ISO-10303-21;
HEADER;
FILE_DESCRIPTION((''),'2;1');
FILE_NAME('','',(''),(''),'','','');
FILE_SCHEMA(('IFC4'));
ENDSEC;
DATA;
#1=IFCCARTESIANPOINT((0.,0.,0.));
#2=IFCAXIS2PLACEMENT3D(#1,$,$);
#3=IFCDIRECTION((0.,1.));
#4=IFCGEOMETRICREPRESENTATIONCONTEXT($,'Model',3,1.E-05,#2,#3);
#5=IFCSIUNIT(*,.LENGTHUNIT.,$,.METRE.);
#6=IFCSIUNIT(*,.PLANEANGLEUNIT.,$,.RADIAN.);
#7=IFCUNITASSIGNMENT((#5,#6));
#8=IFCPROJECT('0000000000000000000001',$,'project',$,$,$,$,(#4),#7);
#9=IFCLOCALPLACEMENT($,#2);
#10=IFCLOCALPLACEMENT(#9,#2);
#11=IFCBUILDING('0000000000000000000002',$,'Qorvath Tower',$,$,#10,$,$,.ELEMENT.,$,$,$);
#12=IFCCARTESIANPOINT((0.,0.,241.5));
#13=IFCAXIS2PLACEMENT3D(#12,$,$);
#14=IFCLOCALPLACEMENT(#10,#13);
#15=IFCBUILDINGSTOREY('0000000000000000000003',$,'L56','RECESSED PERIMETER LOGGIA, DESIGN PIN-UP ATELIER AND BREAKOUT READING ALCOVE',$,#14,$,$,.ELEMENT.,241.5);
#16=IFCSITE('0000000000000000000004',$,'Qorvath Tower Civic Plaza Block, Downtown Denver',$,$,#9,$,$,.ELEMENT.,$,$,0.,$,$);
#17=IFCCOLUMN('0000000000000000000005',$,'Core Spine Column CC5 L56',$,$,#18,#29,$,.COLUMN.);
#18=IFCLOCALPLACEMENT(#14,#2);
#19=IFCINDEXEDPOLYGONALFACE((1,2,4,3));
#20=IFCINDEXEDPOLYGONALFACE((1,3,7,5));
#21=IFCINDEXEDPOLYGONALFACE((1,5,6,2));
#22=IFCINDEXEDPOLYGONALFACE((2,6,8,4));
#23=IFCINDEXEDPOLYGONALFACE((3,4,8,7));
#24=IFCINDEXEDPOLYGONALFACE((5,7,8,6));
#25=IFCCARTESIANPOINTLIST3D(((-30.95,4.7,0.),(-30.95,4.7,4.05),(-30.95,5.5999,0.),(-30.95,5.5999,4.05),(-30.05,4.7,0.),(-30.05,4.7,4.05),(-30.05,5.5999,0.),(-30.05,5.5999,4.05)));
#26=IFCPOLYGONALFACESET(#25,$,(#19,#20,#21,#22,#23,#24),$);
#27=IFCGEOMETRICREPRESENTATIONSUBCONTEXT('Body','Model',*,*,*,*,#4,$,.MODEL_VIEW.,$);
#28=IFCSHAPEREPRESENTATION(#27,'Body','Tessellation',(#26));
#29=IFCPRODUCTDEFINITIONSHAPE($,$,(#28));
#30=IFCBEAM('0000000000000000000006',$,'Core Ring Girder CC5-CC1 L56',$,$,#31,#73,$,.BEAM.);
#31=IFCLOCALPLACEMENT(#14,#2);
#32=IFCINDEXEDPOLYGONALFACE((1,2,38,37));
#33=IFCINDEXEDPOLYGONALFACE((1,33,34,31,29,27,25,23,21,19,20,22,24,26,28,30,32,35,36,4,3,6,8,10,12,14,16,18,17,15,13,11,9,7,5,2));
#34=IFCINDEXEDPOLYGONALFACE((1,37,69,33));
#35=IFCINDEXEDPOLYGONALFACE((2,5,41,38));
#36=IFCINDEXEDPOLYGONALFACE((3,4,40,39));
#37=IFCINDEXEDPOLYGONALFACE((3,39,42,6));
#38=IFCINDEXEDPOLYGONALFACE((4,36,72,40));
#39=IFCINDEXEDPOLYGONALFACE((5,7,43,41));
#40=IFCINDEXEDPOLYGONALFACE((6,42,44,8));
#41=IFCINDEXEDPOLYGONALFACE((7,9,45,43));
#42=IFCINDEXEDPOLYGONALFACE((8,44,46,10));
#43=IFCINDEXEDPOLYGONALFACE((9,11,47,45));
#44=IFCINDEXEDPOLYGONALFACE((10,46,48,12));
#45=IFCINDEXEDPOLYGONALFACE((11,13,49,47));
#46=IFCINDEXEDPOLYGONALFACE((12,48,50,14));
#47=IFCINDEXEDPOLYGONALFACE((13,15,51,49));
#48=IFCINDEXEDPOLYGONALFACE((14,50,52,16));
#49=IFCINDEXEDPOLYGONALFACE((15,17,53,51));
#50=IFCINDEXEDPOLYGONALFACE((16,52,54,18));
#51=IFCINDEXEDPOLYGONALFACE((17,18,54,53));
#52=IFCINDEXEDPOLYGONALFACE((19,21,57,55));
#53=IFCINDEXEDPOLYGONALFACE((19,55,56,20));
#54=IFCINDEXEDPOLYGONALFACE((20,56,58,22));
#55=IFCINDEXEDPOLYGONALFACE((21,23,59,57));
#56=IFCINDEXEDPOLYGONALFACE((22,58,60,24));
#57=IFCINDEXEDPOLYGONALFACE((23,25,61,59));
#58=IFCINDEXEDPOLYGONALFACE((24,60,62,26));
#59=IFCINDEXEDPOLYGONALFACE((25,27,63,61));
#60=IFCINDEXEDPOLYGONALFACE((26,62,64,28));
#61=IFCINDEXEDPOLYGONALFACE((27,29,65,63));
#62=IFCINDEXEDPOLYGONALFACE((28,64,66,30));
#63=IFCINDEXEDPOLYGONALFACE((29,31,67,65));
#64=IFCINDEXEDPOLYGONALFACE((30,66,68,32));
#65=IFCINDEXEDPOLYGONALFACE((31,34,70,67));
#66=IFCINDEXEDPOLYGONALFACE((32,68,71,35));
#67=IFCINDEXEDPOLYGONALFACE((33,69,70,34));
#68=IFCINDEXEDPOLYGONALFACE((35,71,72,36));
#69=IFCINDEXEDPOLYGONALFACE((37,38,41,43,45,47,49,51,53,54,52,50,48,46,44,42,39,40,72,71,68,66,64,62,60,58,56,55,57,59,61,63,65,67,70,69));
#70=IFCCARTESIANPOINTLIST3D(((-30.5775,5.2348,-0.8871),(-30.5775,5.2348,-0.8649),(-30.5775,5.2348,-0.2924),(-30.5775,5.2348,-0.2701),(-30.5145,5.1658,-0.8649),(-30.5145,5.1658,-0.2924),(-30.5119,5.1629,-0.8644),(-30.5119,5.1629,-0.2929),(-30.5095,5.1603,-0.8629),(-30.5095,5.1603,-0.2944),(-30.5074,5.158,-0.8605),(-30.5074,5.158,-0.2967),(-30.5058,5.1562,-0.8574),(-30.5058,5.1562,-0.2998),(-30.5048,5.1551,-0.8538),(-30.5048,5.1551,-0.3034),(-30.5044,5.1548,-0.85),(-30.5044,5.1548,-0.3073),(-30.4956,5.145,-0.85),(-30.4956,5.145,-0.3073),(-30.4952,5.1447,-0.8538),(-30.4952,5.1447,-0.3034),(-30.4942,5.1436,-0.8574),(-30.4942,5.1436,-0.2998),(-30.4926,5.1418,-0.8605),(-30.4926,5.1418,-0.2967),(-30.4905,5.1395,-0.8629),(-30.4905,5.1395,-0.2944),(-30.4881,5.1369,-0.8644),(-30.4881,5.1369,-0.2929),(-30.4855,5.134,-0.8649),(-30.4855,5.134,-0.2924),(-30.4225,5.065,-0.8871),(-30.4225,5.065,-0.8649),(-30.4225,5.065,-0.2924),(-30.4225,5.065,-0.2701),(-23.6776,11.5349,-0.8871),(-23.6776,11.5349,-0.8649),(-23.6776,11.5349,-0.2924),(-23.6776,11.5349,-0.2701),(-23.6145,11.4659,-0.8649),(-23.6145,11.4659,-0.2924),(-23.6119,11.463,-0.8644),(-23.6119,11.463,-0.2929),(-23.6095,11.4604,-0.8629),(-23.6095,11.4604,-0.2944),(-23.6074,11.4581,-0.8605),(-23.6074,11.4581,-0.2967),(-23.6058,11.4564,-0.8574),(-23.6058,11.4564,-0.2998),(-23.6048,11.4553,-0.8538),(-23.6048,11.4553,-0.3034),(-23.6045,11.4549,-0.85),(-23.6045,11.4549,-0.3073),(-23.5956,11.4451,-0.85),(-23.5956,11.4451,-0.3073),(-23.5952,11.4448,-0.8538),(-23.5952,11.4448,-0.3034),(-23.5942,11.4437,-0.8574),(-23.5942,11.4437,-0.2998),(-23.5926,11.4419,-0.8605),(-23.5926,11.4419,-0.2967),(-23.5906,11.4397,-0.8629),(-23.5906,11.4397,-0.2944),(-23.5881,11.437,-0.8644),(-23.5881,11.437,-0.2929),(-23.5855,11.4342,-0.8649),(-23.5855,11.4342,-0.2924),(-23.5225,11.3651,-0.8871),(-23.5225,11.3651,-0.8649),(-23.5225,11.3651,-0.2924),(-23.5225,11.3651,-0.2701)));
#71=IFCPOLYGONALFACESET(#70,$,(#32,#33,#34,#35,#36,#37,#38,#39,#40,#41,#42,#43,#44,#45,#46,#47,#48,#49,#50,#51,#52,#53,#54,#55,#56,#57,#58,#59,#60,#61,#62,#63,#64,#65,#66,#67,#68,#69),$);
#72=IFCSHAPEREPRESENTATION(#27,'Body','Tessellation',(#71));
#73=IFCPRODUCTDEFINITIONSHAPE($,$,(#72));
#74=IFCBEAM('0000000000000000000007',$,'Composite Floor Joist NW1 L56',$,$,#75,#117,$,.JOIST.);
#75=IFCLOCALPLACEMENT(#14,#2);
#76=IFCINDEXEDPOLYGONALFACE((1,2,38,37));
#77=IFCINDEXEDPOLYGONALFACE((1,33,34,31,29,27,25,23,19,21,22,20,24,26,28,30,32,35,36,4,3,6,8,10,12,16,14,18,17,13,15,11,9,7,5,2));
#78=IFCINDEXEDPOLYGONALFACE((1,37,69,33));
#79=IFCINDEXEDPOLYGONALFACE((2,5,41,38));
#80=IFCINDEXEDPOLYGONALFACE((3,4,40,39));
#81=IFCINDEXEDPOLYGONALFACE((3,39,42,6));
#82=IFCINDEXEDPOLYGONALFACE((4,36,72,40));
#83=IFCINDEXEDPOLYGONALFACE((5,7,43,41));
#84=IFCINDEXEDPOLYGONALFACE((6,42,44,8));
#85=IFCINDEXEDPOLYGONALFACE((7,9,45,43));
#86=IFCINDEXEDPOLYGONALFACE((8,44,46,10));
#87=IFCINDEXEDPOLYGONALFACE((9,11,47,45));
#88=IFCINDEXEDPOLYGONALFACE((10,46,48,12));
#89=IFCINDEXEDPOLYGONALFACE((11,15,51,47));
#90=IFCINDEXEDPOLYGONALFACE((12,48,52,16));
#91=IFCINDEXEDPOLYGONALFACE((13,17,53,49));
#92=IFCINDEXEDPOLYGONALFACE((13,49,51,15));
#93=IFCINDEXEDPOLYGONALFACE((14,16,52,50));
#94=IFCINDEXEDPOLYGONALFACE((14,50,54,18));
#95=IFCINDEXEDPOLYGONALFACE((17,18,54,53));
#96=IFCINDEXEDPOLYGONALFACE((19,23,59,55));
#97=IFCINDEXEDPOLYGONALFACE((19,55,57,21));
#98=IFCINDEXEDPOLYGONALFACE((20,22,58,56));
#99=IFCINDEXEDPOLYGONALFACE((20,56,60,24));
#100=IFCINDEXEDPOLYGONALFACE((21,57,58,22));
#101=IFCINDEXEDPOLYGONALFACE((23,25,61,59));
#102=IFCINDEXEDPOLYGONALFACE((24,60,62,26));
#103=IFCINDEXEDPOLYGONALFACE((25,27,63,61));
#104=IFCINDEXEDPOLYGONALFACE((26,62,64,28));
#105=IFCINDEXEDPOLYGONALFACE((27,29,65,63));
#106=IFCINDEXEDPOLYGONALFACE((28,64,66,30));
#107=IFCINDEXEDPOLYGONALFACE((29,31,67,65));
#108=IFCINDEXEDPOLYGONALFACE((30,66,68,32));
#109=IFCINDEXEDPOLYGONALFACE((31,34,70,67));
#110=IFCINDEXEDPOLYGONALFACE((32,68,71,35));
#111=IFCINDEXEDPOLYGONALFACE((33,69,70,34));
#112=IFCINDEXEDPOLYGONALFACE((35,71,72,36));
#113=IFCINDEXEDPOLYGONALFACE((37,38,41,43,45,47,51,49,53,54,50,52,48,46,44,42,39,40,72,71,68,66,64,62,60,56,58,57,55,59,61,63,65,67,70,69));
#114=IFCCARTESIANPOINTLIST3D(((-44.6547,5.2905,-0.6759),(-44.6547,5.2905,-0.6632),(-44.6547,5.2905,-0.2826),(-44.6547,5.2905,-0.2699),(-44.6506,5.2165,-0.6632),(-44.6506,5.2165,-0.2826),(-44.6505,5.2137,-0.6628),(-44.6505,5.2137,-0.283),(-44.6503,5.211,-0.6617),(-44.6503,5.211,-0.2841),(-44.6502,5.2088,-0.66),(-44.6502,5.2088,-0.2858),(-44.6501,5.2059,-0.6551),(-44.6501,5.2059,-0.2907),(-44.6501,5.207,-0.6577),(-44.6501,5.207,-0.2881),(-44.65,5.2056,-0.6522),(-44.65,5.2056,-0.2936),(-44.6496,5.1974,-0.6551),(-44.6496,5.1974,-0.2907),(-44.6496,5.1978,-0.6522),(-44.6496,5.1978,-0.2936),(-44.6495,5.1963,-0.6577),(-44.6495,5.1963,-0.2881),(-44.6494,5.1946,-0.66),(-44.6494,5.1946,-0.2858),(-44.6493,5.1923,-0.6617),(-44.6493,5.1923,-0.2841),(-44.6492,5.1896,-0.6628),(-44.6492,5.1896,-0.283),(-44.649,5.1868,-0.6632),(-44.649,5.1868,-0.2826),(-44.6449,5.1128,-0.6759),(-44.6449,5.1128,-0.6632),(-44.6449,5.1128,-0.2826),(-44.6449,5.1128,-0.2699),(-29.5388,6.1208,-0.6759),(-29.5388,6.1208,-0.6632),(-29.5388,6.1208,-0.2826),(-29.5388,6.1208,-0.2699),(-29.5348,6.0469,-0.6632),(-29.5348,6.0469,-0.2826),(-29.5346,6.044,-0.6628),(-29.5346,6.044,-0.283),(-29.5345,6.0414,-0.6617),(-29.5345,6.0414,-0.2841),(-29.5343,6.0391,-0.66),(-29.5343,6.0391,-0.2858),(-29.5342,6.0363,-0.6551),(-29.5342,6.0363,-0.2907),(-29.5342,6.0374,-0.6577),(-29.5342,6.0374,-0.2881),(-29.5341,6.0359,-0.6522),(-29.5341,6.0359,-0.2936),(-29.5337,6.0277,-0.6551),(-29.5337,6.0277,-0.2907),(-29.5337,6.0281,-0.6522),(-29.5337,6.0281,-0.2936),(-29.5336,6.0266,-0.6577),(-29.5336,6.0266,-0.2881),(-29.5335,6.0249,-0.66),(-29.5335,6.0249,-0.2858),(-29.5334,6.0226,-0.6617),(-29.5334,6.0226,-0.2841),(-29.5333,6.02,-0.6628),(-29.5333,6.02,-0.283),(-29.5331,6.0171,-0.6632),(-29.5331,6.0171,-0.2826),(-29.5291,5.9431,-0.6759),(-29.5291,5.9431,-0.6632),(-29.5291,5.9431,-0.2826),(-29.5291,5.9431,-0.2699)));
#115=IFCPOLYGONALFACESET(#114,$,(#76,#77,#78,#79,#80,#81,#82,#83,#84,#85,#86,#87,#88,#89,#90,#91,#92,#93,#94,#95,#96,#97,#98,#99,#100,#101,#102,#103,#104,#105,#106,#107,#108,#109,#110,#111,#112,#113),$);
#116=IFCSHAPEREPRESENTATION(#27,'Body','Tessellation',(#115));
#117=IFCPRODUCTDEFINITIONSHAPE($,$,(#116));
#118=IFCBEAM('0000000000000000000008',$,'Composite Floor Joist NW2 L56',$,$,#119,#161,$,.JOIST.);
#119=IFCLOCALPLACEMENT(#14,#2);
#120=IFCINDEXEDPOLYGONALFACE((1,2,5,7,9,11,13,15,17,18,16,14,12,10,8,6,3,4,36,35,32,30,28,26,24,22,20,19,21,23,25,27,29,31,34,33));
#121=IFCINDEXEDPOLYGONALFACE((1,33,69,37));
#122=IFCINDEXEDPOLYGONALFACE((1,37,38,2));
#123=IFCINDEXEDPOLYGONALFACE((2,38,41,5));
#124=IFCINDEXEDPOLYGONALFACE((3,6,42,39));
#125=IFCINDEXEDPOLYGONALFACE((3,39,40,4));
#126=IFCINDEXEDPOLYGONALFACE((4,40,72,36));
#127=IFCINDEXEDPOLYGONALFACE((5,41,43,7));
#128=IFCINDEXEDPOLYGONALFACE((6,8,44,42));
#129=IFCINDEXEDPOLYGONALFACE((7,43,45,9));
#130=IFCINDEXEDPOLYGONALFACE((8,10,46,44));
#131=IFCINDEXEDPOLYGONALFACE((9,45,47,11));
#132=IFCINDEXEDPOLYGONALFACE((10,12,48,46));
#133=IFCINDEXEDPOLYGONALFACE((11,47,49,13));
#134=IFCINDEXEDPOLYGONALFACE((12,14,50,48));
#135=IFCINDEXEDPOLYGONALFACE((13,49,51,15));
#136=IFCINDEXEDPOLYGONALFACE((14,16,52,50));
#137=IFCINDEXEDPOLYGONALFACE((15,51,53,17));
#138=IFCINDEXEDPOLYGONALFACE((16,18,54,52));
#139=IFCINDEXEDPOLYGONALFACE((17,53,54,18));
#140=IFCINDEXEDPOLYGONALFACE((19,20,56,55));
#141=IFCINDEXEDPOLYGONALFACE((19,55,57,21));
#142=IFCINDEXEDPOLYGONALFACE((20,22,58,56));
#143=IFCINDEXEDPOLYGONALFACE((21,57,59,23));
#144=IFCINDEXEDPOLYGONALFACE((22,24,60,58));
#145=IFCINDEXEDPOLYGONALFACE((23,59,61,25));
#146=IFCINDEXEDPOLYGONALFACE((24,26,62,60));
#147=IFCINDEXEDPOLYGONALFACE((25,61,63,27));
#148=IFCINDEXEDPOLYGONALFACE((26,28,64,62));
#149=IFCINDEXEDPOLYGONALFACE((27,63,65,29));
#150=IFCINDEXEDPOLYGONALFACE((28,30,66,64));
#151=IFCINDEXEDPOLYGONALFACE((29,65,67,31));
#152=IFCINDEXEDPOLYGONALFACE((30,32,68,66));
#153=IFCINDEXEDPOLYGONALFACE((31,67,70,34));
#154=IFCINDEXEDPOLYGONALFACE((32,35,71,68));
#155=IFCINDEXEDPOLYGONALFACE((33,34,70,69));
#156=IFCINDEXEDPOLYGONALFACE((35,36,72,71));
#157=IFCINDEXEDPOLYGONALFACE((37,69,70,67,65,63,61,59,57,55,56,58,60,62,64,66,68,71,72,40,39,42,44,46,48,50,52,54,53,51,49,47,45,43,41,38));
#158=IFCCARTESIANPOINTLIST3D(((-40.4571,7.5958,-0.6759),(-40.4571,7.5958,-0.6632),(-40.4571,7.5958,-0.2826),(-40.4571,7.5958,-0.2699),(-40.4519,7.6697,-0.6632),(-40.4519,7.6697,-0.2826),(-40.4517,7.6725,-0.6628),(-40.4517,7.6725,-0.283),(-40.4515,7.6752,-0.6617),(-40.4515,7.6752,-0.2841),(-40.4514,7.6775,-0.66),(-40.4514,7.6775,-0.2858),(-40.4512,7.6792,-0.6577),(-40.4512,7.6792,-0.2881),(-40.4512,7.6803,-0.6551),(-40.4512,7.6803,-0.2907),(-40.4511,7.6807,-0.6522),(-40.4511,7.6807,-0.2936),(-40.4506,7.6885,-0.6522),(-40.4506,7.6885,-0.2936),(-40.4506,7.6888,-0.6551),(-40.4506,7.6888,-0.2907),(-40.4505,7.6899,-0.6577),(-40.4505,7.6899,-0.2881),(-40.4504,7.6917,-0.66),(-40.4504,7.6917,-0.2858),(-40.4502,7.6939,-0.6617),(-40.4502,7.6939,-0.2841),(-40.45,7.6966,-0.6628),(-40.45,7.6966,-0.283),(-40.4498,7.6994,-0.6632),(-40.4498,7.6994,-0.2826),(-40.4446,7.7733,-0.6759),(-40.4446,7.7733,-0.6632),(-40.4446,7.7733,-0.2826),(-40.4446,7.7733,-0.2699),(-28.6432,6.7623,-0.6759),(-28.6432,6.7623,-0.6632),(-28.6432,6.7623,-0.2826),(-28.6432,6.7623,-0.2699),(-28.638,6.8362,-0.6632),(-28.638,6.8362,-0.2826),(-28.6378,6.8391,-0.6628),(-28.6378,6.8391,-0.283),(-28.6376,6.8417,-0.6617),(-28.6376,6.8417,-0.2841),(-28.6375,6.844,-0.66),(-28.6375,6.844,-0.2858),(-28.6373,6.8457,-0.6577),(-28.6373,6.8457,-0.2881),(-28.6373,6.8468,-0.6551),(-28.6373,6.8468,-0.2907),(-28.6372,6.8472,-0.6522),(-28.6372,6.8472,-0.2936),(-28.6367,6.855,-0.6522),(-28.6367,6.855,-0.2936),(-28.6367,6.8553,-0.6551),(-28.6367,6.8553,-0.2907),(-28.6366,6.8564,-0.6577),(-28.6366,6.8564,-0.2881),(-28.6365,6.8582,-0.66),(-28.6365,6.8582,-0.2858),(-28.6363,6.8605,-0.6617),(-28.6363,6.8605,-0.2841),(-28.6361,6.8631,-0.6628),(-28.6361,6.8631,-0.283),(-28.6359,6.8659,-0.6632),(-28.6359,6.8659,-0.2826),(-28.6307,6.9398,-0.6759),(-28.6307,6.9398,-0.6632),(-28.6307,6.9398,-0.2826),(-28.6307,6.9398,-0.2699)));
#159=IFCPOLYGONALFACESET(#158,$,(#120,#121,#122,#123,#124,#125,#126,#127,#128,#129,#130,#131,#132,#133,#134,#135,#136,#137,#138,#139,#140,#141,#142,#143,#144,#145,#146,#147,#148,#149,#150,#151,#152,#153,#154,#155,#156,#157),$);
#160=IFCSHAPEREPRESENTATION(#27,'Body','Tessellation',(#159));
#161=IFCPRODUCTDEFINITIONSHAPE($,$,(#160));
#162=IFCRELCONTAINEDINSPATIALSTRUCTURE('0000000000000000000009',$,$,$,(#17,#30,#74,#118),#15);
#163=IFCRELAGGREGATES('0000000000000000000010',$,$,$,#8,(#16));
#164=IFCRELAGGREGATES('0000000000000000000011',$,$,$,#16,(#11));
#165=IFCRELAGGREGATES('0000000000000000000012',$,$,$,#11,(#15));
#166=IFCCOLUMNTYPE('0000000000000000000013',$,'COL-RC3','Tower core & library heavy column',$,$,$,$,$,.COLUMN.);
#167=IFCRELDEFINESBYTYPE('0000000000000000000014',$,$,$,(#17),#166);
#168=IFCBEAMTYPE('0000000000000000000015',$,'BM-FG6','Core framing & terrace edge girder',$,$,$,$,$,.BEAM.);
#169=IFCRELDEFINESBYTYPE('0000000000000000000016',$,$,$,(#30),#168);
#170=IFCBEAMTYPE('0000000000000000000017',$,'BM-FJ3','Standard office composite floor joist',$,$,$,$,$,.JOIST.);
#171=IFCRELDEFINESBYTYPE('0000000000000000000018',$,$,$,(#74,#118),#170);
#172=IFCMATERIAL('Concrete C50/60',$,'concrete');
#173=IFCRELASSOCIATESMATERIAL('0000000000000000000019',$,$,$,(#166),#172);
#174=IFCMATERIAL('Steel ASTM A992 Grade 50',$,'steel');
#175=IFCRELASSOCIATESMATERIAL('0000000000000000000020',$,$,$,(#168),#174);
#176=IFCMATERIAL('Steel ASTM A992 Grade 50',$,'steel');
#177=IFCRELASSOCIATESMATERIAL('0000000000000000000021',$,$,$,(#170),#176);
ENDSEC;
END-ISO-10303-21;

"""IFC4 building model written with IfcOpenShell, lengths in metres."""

from ifc_helpers import new_model, si_unit, direction, frame, origin, origin_2d, place, context, subcontext, project, spatial, rectangle, i_section, extrude, material, material_profile, profile_set, type_object, element, save


model = new_model("IFC4")

# Units and contexts
model_context = context("Model", 3, precision=1e-05, world=origin(), true_north=direction((0.0, 1.0)))
body_context = subcontext(model_context, "Body", "Model", "MODEL_VIEW")
ifc_project = project(units=[si_unit("LENGTHUNIT", "METRE"), si_unit("PLANEANGLEUNIT", "RADIAN")], contexts=[model_context])

# Site, building, storey
site_placement = place(None, origin())
site = spatial("IfcSite", under=ifc_project, at=site_placement, Name="Qorvath Tower Civic Plaza Block, Downtown Denver", CompositionType="ELEMENT", RefElevation=0.0)
building_placement = place(site_placement, origin())
building = spatial("IfcBuilding", under=site, at=building_placement, Name="Qorvath Tower", CompositionType="ELEMENT")
storey_placement = place(building_placement, frame((0.0, 0.0, 241.5)))
storey = spatial("IfcBuildingStorey", under=building, at=storey_placement, Name="L56", Description="RECESSED PERIMETER LOGGIA, DESIGN PIN-UP ATELIER AND BREAKOUT READING ALCOVE", CompositionType="ELEMENT", Elevation=241.5)

# Column
ifc_material_1 = material(Name="Concrete C50/60", Category="concrete")
ifc_material_profile_1 = material_profile(ifc_material_1, rectangle(XDim=0.8999, YDim=0.8999, at=origin_2d()), Name="RC 900x900")
ifc_profile_set_1 = profile_set([ifc_material_profile_1], Name="Concrete C50/60")
column_type = type_object("IfcColumnType", Name="COL-RC3", Description="Tower core & library heavy column", PredefinedType="COLUMN", material=ifc_profile_set_1)
column_placement = place(storey_placement, frame((-30.5, 5.1499, 0.0), z_axis=(0.0, 0.0, 1.0), x_axis=(1.0, 0.0, 0.0)))
element("IfcColumn", 1, at=column_placement, inside=storey, type_object=column_type, Name="Core Spine Column CC5 L56", PredefinedType="COLUMN", context=body_context, shape_type="SweptSolid", body=[
    extrude(rectangle(XDim=0.8999, YDim=0.8999, at=origin_2d()), origin(), (0.0, 0.0, 1.0), 4.05),
])

# Beams
ifc_material_2 = material(Name="Steel ASTM A992 Grade 50", Category="steel")
ifc_material_profile_2 = material_profile(ifc_material_2, i_section(OverallWidth=0.23, OverallDepth=0.6169, WebThickness=0.0132, FlangeThickness=0.0222, FilletRadius=0.0149, at=origin_2d()), Name="W24x94")
ifc_profile_set_2 = profile_set([ifc_material_profile_2], Name="Steel ASTM A992 Grade 50")
beam_type_1 = type_object("IfcBeamType", Name="BM-FG6", Description="Core framing & terrace edge girder", PredefinedType="BEAM", material=ifc_profile_set_2)
beam_1_placement = place(storey_placement, frame((-30.5, 5.1499, -0.5786), z_axis=(0.738478, 0.674277, 0.0), x_axis=(-0.674277, 0.738478, 0.0)))
element("IfcBeam", 2, at=beam_1_placement, inside=storey, type_object=beam_type_1, Name="Core Ring Girder CC5-CC1 L56", PredefinedType="BEAM", context=body_context, shape_type="SweptSolid", body=[
    extrude(i_section(OverallWidth=0.23, OverallDepth=0.6169, WebThickness=0.0132, FlangeThickness=0.0222, FilletRadius=0.0149, at=origin_2d()), origin(), (0.0, 0.0, 1.0), 9.3435),
])
ifc_material_3 = material(Name="Steel ASTM A992 Grade 50", Category="steel")
ifc_material_profile_3 = material_profile(ifc_material_3, i_section(OverallWidth=0.178, OverallDepth=0.406, WebThickness=0.0078, FlangeThickness=0.0127, FilletRadius=0.011, at=origin_2d()), Name="W16x40")
ifc_profile_set_3 = profile_set([ifc_material_profile_3], Name="Steel ASTM A992 Grade 50")
beam_type_2 = type_object("IfcBeamType", Name="BM-FJ3", Description="Standard office composite floor joist", PredefinedType="JOIST", material=ifc_profile_set_3)
beam_2_placement = place(storey_placement, frame((-29.5339, 6.032, -0.4729), z_axis=(-0.998495, -0.054847, 0.0), x_axis=(0.054847, -0.998495, 0.0)))
element("IfcBeam", 3, at=beam_2_placement, inside=storey, type_object=beam_type_2, Name="Composite Floor Joist NW1 L56", PredefinedType="JOIST", context=body_context, shape_type="SweptSolid", body=[
    extrude(i_section(OverallWidth=0.178, OverallDepth=0.406, WebThickness=0.0078, FlangeThickness=0.0127, FilletRadius=0.011, at=origin_2d()), origin(), (0.0, 0.0, 1.0), 15.1387),
])
beam_3_placement = place(storey_placement, frame((-28.637, 6.8511, -0.4729), z_axis=(-0.99752, 0.070377, 0.0), x_axis=(-0.070377, -0.99752, 0.0)))
element("IfcBeam", 4, at=beam_3_placement, inside=storey, type_object=beam_type_2, Name="Composite Floor Joist NW2 L56", PredefinedType="JOIST", context=body_context, shape_type="SweptSolid", body=[
    extrude(i_section(OverallWidth=0.178, OverallDepth=0.406, WebThickness=0.0078, FlangeThickness=0.0127, FilletRadius=0.011, at=origin_2d()), origin(), (0.0, 0.0, 1.0), 11.8433),
])

save(model, "model.ifc")
